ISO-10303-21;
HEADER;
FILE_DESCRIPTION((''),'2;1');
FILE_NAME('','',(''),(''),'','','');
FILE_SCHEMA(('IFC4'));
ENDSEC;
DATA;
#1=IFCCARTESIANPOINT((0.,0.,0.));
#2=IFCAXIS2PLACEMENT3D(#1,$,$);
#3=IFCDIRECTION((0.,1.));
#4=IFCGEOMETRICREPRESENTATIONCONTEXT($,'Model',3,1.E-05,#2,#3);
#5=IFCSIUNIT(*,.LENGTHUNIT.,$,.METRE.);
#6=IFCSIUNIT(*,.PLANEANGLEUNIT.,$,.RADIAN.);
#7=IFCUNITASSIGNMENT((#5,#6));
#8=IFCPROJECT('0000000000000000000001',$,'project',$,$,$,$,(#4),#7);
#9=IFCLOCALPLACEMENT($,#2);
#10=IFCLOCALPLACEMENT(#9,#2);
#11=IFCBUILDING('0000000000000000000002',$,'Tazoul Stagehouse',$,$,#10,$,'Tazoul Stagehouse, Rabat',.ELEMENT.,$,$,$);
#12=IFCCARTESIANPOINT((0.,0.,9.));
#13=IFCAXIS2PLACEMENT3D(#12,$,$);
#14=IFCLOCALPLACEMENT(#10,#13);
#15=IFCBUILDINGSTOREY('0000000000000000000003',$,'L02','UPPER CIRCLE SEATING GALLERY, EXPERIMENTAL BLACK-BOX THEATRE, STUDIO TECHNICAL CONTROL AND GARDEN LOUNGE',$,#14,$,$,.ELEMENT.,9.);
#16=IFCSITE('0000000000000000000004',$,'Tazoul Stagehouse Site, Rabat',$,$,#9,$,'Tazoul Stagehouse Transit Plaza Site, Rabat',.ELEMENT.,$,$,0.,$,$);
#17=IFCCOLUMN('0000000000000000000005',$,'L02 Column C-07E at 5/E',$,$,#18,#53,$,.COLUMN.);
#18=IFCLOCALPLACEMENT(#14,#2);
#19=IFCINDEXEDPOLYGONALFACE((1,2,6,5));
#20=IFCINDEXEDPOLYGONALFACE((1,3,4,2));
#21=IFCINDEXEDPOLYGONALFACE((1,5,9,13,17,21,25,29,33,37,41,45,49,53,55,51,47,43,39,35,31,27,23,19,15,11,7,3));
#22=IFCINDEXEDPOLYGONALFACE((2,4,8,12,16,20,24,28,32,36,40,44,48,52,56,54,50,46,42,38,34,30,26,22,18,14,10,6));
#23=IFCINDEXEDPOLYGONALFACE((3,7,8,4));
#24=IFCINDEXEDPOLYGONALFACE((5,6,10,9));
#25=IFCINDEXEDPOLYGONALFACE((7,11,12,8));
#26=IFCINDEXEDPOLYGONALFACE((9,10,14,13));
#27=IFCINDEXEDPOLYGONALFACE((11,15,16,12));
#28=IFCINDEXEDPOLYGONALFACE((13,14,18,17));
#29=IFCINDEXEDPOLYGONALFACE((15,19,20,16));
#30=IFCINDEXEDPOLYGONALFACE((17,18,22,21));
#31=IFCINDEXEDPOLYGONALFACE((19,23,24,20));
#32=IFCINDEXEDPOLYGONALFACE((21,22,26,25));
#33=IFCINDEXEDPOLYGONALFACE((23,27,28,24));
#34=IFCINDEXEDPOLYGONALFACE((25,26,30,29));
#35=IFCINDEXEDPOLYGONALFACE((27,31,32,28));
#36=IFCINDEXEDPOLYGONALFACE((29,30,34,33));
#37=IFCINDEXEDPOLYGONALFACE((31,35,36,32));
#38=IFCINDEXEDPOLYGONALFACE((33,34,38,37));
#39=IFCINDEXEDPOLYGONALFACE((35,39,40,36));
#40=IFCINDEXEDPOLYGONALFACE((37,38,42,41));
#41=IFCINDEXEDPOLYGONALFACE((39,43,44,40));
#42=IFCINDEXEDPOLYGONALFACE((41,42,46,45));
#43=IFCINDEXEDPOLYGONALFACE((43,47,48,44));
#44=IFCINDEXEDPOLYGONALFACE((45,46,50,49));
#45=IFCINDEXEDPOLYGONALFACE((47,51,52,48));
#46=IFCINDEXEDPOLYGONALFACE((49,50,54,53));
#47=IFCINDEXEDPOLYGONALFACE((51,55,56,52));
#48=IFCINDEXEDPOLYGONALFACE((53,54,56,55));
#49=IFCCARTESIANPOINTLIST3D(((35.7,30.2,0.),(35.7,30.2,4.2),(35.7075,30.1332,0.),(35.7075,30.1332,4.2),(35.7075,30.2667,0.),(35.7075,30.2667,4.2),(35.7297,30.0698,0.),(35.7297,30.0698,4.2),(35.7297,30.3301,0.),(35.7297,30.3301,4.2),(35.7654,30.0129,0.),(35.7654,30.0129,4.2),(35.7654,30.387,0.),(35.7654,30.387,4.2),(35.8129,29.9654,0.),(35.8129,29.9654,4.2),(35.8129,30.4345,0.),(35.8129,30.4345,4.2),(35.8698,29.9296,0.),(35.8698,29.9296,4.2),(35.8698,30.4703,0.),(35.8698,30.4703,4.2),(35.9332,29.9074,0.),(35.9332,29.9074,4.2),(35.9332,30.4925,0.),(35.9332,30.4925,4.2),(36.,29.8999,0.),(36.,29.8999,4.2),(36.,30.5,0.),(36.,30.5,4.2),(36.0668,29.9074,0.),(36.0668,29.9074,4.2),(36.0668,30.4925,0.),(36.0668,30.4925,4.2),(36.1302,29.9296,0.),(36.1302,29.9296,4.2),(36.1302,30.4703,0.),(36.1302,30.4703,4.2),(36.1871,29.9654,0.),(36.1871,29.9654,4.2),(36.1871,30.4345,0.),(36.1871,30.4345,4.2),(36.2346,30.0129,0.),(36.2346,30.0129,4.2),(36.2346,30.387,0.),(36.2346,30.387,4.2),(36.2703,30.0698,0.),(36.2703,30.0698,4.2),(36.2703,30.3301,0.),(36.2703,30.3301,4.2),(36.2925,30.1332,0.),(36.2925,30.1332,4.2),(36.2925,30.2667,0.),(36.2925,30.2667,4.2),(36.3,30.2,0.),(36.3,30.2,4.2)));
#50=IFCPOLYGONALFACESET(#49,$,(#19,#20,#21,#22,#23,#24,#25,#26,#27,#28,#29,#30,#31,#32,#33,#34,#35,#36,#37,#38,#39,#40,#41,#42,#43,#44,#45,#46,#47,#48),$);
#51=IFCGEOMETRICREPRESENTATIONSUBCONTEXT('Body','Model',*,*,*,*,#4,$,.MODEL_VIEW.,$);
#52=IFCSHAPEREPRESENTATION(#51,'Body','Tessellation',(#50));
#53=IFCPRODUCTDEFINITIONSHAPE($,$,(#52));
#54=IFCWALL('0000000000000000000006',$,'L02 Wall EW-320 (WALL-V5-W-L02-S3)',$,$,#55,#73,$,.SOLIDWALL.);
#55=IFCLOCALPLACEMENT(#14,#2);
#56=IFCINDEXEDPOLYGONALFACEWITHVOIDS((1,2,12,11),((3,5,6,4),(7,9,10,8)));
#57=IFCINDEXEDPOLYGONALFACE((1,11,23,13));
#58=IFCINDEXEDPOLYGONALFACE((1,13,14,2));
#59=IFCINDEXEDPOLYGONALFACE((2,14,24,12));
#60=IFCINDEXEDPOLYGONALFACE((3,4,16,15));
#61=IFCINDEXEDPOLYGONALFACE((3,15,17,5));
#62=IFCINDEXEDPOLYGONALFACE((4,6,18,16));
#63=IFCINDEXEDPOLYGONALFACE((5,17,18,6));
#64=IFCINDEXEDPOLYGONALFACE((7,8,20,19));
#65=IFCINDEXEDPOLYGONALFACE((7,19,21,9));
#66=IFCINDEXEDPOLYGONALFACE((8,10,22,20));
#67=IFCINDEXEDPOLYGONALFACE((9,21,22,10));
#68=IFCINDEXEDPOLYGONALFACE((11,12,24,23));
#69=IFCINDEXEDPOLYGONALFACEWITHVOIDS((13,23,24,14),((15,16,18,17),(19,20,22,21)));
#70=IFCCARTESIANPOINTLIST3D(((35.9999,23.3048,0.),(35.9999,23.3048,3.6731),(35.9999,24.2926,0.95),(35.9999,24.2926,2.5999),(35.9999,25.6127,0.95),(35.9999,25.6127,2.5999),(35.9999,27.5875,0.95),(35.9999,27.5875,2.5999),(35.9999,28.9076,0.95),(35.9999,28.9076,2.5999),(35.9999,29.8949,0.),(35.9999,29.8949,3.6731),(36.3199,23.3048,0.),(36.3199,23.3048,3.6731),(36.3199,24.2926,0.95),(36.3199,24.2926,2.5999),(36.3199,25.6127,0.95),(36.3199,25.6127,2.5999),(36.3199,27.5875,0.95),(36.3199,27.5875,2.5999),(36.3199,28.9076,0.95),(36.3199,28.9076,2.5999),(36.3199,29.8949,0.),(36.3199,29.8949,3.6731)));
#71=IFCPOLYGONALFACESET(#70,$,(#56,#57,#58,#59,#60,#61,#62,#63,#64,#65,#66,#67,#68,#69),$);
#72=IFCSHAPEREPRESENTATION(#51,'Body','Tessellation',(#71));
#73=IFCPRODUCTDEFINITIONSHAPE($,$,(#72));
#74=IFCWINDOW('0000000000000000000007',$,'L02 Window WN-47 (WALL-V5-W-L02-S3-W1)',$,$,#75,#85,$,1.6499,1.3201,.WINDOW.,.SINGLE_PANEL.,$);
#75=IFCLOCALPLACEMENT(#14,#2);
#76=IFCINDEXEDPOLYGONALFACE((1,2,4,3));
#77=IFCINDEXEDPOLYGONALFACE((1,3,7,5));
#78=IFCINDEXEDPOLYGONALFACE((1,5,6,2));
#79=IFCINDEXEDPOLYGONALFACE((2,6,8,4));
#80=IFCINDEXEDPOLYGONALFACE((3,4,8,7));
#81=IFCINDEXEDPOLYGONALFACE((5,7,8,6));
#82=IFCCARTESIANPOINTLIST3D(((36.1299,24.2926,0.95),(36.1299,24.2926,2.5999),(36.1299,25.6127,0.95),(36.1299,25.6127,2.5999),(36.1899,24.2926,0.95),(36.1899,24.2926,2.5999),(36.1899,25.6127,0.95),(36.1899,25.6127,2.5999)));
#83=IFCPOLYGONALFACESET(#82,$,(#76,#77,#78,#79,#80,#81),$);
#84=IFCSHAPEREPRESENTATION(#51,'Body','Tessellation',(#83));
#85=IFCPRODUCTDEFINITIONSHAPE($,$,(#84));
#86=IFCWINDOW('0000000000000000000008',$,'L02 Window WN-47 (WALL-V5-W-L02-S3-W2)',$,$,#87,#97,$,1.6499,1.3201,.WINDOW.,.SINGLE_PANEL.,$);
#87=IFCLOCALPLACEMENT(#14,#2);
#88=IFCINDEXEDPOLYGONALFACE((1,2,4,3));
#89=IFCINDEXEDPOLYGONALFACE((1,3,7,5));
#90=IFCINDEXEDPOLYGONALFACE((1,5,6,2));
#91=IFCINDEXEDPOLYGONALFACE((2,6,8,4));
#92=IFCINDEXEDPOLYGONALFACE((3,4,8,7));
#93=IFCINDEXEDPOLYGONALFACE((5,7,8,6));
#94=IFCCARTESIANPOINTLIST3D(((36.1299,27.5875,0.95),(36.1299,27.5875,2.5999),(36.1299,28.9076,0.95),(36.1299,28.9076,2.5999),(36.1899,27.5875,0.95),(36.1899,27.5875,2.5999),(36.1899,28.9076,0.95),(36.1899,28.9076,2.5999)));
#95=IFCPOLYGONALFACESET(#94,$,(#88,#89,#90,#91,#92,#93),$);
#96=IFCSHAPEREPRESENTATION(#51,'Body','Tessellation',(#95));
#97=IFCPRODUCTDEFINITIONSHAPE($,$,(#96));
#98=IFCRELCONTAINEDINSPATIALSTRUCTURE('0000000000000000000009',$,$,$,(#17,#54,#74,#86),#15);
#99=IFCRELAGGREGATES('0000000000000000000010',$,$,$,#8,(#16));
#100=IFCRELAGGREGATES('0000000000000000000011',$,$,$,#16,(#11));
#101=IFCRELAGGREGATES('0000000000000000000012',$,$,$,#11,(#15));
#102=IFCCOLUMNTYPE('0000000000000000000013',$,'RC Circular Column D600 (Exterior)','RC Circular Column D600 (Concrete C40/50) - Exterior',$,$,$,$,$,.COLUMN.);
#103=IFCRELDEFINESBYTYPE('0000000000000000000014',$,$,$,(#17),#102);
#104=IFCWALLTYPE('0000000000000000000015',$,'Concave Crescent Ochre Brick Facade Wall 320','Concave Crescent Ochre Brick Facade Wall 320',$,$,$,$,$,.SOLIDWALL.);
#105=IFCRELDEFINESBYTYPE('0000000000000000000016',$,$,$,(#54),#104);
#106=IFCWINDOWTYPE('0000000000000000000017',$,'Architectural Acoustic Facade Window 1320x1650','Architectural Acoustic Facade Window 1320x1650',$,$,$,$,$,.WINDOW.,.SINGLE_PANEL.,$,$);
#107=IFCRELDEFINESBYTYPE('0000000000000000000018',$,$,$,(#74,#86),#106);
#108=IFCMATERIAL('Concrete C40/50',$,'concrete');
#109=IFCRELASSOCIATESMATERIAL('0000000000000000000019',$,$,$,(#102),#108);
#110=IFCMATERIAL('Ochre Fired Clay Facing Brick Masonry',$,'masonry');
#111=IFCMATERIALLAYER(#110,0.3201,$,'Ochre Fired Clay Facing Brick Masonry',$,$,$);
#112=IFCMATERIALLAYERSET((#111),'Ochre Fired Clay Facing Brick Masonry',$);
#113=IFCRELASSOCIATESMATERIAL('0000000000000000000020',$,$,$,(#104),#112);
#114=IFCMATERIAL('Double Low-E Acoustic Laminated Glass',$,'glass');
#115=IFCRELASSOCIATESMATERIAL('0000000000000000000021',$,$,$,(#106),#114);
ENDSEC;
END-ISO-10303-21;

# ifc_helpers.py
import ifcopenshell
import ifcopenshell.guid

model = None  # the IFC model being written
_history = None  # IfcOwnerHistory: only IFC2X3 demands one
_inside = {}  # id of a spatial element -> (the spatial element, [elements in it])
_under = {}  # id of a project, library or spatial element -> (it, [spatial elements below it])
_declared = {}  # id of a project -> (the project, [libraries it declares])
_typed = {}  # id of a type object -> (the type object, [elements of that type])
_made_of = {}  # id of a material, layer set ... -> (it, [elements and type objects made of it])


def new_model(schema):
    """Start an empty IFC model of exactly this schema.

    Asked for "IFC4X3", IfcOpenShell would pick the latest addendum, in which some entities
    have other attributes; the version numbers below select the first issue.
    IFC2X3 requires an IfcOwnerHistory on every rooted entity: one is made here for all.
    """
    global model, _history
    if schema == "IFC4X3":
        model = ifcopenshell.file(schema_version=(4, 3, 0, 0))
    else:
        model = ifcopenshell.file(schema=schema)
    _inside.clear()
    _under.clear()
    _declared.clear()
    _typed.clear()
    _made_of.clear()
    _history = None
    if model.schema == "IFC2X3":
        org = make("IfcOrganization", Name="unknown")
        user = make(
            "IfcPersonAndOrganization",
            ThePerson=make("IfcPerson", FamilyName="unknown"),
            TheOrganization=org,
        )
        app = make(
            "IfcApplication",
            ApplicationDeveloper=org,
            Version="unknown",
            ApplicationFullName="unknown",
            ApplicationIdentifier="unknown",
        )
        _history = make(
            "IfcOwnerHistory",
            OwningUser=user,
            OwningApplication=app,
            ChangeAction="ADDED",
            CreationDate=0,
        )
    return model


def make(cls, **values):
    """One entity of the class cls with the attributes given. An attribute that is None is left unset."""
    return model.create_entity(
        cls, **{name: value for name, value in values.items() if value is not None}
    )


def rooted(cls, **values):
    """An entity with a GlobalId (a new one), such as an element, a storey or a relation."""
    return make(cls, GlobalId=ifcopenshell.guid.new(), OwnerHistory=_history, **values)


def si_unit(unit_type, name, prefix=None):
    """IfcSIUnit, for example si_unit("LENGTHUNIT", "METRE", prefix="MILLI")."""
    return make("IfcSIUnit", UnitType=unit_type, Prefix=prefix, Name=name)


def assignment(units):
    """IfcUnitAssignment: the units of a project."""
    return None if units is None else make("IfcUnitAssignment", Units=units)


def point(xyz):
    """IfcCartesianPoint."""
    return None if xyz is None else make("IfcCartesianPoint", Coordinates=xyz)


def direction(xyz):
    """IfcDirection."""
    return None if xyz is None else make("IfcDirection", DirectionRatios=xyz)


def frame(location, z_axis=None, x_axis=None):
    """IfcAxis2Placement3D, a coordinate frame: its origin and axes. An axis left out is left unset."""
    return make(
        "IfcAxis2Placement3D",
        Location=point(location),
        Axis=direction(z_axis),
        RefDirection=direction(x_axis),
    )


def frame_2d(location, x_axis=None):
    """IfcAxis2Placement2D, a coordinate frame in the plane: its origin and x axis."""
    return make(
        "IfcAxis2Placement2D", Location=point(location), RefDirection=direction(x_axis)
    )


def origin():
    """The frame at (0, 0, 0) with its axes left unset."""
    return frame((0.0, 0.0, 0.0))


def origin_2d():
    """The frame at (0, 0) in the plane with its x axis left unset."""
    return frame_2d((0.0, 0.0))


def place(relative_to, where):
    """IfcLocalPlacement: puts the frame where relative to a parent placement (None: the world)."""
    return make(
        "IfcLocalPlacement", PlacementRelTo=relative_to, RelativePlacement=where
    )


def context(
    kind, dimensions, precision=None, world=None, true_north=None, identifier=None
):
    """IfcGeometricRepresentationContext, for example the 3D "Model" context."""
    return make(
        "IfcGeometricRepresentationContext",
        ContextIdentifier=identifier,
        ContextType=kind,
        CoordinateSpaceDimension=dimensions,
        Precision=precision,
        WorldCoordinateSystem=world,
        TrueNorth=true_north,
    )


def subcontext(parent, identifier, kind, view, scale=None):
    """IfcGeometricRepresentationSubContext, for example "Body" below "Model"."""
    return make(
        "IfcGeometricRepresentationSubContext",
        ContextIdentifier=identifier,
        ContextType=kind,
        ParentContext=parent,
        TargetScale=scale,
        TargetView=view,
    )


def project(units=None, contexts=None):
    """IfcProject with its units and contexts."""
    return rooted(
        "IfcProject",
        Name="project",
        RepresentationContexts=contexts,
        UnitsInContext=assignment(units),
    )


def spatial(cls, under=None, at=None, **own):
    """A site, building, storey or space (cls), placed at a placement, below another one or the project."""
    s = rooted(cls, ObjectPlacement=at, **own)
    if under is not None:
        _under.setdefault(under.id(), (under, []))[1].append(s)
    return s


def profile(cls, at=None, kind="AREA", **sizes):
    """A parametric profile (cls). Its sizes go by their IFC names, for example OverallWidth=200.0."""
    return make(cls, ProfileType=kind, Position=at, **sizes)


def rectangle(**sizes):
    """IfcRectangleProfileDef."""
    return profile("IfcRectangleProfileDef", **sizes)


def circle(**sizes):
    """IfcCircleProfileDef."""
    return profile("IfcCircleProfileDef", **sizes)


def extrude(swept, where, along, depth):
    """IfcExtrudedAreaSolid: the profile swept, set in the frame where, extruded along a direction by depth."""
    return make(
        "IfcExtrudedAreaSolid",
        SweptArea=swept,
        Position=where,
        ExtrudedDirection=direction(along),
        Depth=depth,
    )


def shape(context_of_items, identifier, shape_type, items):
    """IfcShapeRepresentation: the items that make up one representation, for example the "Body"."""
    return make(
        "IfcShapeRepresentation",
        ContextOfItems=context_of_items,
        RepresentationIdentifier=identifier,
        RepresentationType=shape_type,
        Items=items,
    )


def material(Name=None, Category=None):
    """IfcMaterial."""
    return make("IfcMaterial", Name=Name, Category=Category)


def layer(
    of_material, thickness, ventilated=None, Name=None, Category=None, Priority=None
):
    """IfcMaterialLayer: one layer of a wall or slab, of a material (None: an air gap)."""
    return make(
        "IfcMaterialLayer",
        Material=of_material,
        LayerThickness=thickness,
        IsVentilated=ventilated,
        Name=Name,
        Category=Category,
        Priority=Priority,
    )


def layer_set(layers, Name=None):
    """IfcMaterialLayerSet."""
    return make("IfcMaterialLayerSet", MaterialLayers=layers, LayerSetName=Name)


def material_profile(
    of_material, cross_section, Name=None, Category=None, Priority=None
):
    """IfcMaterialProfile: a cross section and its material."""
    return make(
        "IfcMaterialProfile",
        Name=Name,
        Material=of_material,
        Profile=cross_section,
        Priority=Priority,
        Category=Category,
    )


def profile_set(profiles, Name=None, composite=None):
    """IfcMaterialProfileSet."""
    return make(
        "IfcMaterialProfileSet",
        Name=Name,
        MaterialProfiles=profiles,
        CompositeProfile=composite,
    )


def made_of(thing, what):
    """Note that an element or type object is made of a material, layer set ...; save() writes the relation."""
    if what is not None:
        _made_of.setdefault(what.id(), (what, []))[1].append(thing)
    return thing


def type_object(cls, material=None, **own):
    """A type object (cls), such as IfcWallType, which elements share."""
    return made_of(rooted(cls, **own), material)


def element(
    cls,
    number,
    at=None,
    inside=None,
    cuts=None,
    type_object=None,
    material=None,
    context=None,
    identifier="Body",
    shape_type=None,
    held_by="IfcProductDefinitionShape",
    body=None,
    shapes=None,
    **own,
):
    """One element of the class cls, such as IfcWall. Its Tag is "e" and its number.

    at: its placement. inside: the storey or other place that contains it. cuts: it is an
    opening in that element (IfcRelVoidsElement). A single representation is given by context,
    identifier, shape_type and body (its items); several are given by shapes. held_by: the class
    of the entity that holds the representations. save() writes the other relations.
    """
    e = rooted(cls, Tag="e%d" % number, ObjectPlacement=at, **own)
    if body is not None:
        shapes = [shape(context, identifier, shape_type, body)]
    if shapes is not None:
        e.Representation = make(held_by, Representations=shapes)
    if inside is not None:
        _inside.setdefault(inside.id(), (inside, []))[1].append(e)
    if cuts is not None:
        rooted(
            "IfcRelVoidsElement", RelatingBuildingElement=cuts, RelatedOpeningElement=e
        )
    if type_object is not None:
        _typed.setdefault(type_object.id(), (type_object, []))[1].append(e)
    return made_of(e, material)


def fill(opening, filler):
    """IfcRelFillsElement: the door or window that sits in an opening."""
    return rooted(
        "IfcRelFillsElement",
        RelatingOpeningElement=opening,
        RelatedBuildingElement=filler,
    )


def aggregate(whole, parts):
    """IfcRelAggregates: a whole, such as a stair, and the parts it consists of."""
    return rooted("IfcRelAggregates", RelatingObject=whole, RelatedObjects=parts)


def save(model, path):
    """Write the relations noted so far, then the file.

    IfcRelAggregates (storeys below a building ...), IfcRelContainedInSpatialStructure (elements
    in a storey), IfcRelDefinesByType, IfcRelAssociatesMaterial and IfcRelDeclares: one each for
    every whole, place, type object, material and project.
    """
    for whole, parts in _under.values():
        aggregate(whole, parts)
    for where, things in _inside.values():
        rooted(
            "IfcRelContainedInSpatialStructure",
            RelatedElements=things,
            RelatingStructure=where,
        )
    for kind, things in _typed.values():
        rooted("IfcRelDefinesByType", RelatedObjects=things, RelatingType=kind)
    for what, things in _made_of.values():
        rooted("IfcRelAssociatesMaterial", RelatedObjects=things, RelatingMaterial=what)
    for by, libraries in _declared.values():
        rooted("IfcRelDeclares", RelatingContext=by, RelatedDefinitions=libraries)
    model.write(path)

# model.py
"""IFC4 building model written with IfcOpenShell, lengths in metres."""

from ifc_helpers import new_model, si_unit, direction, frame, frame_2d, origin, origin_2d, place, context, subcontext, project, spatial, rectangle, circle, extrude, material, layer, layer_set, material_profile, profile_set, type_object, element, fill, save


model = new_model("IFC4")

# Units and contexts
model_context = context("Model", 3, precision=1e-05, world=origin(), true_north=direction((0.0, 1.0)))
body_context = subcontext(model_context, "Body", "Model", "MODEL_VIEW")
ifc_project = project(units=[si_unit("LENGTHUNIT", "METRE"), si_unit("PLANEANGLEUNIT", "RADIAN")], contexts=[model_context])

# Site, building, storey
site_placement = place(None, origin())
site = spatial("IfcSite", under=ifc_project, at=site_placement, Name="Tazoul Stagehouse Site, Rabat", LongName="Tazoul Stagehouse Transit Plaza Site, Rabat", CompositionType="ELEMENT", RefElevation=0.0)
building_placement = place(site_placement, origin())
building = spatial("IfcBuilding", under=site, at=building_placement, Name="Tazoul Stagehouse", LongName="Tazoul Stagehouse, Rabat", CompositionType="ELEMENT")
storey_placement = place(building_placement, frame((0.0, 0.0, 9.0)))
storey = spatial("IfcBuildingStorey", under=building, at=storey_placement, Name="L02", Description="UPPER CIRCLE SEATING GALLERY, EXPERIMENTAL BLACK-BOX THEATRE, STUDIO TECHNICAL CONTROL AND GARDEN LOUNGE", CompositionType="ELEMENT", Elevation=9.0)

# Column
ifc_material_1 = material(Name="Concrete C40/50", Category="concrete")
ifc_material_profile_1 = material_profile(ifc_material_1, circle(Radius=0.3, at=origin_2d()), Name="RC D600")
ifc_profile_set_1 = profile_set([ifc_material_profile_1], Name="Concrete C40/50")
column_type = type_object("IfcColumnType", Name="RC Circular Column D600 (Exterior)", Description="RC Circular Column D600 (Concrete C40/50) - Exterior", PredefinedType="COLUMN", material=ifc_profile_set_1)
column_placement = place(storey_placement, frame((36.0, 30.2, 0.0), z_axis=(0.0, 0.0, 1.0), x_axis=(1.0, 0.0, 0.0)))
element("IfcColumn", 1, at=column_placement, inside=storey, type_object=column_type, Name="L02 Column C-07E at 5/E", PredefinedType="COLUMN", context=body_context, shape_type="SweptSolid", body=[
    extrude(circle(Radius=0.3, at=origin_2d()), origin(), (0.0, 0.0, 1.0), 4.2),
])

# Wall, openings, windows
ifc_material_2 = material(Name="Ochre Fired Clay Facing Brick Masonry", Category="masonry")
ifc_layer_1 = layer(ifc_material_2, 0.3201, Name="Ochre Fired Clay Facing Brick Masonry")
ifc_layer_set_1 = layer_set([ifc_layer_1], Name="Ochre Fired Clay Facing Brick Masonry")
wall_type = type_object("IfcWallType", Name="Concave Crescent Ochre Brick Facade Wall 320", Description="Concave Crescent Ochre Brick Facade Wall 320", PredefinedType="SOLIDWALL", material=ifc_layer_set_1)
wall_placement = place(storey_placement, frame((36.1599, 23.3049, 0.0), z_axis=(0.0, 0.0, 1.0), x_axis=(0.0, 1.0, 0.0)))
wall = element("IfcWall", 2, at=wall_placement, inside=storey, type_object=wall_type, Name="L02 Wall EW-320 (WALL-V5-W-L02-S3)", PredefinedType="SOLIDWALL", context=body_context, shape_type="SweptSolid", body=[
    extrude(rectangle(XDim=6.5901, YDim=0.3201, at=frame_2d((3.2949, 0.0))), origin(), (0.0, 0.0, 1.0), 3.6731),
])
opening_1_placement = place(wall_placement, frame((0.9875, 0.0, 0.95)))
opening_1 = element("IfcOpeningElement", 3, at=opening_1_placement, cuts=wall, PredefinedType="OPENING", context=body_context, shape_type="SweptSolid", body=[
    extrude(rectangle(XDim=1.3201, YDim=1.6499, at=frame_2d((0.6602, 0.825))), frame((0.0, 0.1799, 0.0), z_axis=(0.0, -1.0, 0.0), x_axis=(1.0, 0.0, 0.0)), (0.0, 0.0, 1.0), 0.3601),
])
opening_2_placement = place(wall_placement, frame((4.2825, 0.0, 0.95)))
opening_2 = element("IfcOpeningElement", 4, at=opening_2_placement, cuts=wall, PredefinedType="OPENING", context=body_context, shape_type="SweptSolid", body=[
    extrude(rectangle(XDim=1.3201, YDim=1.6499, at=frame_2d((0.6602, 0.825))), frame((0.0, 0.1799, 0.0), z_axis=(0.0, -1.0, 0.0), x_axis=(1.0, 0.0, 0.0)), (0.0, 0.0, 1.0), 0.3601),
])
ifc_material_3 = material(Name="Double Low-E Acoustic Laminated Glass", Category="glass")
window_type = type_object("IfcWindowType", Name="Architectural Acoustic Facade Window 1320x1650", Description="Architectural Acoustic Facade Window 1320x1650", PartitioningType="SINGLE_PANEL", PredefinedType="WINDOW", material=ifc_material_3)
window_1_placement = place(opening_1_placement, origin())
window_1 = element("IfcWindow", 5, at=window_1_placement, inside=storey, type_object=window_type, Name="L02 Window WN-47 (WALL-V5-W-L02-S3-W1)", OverallHeight=1.6499, OverallWidth=1.3201, PartitioningType="SINGLE_PANEL", PredefinedType="WINDOW", context=body_context, shape_type="SweptSolid", body=[
    extrude(rectangle(XDim=1.3201, YDim=1.6499, at=frame_2d((0.6602, 0.825))), frame((0.0, 0.03, 0.0), z_axis=(0.0, -1.0, 0.0), x_axis=(1.0, 0.0, 0.0)), (0.0, 0.0, 1.0), 0.0601),
])
fill(opening_1, window_1)
window_2_placement = place(opening_2_placement, origin())
window_2 = element("IfcWindow", 6, at=window_2_placement, inside=storey, type_object=window_type, Name="L02 Window WN-47 (WALL-V5-W-L02-S3-W2)", OverallHeight=1.6499, OverallWidth=1.3201, PartitioningType="SINGLE_PANEL", PredefinedType="WINDOW", context=body_context, shape_type="SweptSolid", body=[
    extrude(rectangle(XDim=1.3201, YDim=1.6499, at=frame_2d((0.6602, 0.825))), frame((0.0, 0.03, 0.0), z_axis=(0.0, -1.0, 0.0), x_axis=(1.0, 0.0, 0.0)), (0.0, 0.0, 1.0), 0.0601),
])
fill(opening_2, window_2)

save(model, "model.ifc")
